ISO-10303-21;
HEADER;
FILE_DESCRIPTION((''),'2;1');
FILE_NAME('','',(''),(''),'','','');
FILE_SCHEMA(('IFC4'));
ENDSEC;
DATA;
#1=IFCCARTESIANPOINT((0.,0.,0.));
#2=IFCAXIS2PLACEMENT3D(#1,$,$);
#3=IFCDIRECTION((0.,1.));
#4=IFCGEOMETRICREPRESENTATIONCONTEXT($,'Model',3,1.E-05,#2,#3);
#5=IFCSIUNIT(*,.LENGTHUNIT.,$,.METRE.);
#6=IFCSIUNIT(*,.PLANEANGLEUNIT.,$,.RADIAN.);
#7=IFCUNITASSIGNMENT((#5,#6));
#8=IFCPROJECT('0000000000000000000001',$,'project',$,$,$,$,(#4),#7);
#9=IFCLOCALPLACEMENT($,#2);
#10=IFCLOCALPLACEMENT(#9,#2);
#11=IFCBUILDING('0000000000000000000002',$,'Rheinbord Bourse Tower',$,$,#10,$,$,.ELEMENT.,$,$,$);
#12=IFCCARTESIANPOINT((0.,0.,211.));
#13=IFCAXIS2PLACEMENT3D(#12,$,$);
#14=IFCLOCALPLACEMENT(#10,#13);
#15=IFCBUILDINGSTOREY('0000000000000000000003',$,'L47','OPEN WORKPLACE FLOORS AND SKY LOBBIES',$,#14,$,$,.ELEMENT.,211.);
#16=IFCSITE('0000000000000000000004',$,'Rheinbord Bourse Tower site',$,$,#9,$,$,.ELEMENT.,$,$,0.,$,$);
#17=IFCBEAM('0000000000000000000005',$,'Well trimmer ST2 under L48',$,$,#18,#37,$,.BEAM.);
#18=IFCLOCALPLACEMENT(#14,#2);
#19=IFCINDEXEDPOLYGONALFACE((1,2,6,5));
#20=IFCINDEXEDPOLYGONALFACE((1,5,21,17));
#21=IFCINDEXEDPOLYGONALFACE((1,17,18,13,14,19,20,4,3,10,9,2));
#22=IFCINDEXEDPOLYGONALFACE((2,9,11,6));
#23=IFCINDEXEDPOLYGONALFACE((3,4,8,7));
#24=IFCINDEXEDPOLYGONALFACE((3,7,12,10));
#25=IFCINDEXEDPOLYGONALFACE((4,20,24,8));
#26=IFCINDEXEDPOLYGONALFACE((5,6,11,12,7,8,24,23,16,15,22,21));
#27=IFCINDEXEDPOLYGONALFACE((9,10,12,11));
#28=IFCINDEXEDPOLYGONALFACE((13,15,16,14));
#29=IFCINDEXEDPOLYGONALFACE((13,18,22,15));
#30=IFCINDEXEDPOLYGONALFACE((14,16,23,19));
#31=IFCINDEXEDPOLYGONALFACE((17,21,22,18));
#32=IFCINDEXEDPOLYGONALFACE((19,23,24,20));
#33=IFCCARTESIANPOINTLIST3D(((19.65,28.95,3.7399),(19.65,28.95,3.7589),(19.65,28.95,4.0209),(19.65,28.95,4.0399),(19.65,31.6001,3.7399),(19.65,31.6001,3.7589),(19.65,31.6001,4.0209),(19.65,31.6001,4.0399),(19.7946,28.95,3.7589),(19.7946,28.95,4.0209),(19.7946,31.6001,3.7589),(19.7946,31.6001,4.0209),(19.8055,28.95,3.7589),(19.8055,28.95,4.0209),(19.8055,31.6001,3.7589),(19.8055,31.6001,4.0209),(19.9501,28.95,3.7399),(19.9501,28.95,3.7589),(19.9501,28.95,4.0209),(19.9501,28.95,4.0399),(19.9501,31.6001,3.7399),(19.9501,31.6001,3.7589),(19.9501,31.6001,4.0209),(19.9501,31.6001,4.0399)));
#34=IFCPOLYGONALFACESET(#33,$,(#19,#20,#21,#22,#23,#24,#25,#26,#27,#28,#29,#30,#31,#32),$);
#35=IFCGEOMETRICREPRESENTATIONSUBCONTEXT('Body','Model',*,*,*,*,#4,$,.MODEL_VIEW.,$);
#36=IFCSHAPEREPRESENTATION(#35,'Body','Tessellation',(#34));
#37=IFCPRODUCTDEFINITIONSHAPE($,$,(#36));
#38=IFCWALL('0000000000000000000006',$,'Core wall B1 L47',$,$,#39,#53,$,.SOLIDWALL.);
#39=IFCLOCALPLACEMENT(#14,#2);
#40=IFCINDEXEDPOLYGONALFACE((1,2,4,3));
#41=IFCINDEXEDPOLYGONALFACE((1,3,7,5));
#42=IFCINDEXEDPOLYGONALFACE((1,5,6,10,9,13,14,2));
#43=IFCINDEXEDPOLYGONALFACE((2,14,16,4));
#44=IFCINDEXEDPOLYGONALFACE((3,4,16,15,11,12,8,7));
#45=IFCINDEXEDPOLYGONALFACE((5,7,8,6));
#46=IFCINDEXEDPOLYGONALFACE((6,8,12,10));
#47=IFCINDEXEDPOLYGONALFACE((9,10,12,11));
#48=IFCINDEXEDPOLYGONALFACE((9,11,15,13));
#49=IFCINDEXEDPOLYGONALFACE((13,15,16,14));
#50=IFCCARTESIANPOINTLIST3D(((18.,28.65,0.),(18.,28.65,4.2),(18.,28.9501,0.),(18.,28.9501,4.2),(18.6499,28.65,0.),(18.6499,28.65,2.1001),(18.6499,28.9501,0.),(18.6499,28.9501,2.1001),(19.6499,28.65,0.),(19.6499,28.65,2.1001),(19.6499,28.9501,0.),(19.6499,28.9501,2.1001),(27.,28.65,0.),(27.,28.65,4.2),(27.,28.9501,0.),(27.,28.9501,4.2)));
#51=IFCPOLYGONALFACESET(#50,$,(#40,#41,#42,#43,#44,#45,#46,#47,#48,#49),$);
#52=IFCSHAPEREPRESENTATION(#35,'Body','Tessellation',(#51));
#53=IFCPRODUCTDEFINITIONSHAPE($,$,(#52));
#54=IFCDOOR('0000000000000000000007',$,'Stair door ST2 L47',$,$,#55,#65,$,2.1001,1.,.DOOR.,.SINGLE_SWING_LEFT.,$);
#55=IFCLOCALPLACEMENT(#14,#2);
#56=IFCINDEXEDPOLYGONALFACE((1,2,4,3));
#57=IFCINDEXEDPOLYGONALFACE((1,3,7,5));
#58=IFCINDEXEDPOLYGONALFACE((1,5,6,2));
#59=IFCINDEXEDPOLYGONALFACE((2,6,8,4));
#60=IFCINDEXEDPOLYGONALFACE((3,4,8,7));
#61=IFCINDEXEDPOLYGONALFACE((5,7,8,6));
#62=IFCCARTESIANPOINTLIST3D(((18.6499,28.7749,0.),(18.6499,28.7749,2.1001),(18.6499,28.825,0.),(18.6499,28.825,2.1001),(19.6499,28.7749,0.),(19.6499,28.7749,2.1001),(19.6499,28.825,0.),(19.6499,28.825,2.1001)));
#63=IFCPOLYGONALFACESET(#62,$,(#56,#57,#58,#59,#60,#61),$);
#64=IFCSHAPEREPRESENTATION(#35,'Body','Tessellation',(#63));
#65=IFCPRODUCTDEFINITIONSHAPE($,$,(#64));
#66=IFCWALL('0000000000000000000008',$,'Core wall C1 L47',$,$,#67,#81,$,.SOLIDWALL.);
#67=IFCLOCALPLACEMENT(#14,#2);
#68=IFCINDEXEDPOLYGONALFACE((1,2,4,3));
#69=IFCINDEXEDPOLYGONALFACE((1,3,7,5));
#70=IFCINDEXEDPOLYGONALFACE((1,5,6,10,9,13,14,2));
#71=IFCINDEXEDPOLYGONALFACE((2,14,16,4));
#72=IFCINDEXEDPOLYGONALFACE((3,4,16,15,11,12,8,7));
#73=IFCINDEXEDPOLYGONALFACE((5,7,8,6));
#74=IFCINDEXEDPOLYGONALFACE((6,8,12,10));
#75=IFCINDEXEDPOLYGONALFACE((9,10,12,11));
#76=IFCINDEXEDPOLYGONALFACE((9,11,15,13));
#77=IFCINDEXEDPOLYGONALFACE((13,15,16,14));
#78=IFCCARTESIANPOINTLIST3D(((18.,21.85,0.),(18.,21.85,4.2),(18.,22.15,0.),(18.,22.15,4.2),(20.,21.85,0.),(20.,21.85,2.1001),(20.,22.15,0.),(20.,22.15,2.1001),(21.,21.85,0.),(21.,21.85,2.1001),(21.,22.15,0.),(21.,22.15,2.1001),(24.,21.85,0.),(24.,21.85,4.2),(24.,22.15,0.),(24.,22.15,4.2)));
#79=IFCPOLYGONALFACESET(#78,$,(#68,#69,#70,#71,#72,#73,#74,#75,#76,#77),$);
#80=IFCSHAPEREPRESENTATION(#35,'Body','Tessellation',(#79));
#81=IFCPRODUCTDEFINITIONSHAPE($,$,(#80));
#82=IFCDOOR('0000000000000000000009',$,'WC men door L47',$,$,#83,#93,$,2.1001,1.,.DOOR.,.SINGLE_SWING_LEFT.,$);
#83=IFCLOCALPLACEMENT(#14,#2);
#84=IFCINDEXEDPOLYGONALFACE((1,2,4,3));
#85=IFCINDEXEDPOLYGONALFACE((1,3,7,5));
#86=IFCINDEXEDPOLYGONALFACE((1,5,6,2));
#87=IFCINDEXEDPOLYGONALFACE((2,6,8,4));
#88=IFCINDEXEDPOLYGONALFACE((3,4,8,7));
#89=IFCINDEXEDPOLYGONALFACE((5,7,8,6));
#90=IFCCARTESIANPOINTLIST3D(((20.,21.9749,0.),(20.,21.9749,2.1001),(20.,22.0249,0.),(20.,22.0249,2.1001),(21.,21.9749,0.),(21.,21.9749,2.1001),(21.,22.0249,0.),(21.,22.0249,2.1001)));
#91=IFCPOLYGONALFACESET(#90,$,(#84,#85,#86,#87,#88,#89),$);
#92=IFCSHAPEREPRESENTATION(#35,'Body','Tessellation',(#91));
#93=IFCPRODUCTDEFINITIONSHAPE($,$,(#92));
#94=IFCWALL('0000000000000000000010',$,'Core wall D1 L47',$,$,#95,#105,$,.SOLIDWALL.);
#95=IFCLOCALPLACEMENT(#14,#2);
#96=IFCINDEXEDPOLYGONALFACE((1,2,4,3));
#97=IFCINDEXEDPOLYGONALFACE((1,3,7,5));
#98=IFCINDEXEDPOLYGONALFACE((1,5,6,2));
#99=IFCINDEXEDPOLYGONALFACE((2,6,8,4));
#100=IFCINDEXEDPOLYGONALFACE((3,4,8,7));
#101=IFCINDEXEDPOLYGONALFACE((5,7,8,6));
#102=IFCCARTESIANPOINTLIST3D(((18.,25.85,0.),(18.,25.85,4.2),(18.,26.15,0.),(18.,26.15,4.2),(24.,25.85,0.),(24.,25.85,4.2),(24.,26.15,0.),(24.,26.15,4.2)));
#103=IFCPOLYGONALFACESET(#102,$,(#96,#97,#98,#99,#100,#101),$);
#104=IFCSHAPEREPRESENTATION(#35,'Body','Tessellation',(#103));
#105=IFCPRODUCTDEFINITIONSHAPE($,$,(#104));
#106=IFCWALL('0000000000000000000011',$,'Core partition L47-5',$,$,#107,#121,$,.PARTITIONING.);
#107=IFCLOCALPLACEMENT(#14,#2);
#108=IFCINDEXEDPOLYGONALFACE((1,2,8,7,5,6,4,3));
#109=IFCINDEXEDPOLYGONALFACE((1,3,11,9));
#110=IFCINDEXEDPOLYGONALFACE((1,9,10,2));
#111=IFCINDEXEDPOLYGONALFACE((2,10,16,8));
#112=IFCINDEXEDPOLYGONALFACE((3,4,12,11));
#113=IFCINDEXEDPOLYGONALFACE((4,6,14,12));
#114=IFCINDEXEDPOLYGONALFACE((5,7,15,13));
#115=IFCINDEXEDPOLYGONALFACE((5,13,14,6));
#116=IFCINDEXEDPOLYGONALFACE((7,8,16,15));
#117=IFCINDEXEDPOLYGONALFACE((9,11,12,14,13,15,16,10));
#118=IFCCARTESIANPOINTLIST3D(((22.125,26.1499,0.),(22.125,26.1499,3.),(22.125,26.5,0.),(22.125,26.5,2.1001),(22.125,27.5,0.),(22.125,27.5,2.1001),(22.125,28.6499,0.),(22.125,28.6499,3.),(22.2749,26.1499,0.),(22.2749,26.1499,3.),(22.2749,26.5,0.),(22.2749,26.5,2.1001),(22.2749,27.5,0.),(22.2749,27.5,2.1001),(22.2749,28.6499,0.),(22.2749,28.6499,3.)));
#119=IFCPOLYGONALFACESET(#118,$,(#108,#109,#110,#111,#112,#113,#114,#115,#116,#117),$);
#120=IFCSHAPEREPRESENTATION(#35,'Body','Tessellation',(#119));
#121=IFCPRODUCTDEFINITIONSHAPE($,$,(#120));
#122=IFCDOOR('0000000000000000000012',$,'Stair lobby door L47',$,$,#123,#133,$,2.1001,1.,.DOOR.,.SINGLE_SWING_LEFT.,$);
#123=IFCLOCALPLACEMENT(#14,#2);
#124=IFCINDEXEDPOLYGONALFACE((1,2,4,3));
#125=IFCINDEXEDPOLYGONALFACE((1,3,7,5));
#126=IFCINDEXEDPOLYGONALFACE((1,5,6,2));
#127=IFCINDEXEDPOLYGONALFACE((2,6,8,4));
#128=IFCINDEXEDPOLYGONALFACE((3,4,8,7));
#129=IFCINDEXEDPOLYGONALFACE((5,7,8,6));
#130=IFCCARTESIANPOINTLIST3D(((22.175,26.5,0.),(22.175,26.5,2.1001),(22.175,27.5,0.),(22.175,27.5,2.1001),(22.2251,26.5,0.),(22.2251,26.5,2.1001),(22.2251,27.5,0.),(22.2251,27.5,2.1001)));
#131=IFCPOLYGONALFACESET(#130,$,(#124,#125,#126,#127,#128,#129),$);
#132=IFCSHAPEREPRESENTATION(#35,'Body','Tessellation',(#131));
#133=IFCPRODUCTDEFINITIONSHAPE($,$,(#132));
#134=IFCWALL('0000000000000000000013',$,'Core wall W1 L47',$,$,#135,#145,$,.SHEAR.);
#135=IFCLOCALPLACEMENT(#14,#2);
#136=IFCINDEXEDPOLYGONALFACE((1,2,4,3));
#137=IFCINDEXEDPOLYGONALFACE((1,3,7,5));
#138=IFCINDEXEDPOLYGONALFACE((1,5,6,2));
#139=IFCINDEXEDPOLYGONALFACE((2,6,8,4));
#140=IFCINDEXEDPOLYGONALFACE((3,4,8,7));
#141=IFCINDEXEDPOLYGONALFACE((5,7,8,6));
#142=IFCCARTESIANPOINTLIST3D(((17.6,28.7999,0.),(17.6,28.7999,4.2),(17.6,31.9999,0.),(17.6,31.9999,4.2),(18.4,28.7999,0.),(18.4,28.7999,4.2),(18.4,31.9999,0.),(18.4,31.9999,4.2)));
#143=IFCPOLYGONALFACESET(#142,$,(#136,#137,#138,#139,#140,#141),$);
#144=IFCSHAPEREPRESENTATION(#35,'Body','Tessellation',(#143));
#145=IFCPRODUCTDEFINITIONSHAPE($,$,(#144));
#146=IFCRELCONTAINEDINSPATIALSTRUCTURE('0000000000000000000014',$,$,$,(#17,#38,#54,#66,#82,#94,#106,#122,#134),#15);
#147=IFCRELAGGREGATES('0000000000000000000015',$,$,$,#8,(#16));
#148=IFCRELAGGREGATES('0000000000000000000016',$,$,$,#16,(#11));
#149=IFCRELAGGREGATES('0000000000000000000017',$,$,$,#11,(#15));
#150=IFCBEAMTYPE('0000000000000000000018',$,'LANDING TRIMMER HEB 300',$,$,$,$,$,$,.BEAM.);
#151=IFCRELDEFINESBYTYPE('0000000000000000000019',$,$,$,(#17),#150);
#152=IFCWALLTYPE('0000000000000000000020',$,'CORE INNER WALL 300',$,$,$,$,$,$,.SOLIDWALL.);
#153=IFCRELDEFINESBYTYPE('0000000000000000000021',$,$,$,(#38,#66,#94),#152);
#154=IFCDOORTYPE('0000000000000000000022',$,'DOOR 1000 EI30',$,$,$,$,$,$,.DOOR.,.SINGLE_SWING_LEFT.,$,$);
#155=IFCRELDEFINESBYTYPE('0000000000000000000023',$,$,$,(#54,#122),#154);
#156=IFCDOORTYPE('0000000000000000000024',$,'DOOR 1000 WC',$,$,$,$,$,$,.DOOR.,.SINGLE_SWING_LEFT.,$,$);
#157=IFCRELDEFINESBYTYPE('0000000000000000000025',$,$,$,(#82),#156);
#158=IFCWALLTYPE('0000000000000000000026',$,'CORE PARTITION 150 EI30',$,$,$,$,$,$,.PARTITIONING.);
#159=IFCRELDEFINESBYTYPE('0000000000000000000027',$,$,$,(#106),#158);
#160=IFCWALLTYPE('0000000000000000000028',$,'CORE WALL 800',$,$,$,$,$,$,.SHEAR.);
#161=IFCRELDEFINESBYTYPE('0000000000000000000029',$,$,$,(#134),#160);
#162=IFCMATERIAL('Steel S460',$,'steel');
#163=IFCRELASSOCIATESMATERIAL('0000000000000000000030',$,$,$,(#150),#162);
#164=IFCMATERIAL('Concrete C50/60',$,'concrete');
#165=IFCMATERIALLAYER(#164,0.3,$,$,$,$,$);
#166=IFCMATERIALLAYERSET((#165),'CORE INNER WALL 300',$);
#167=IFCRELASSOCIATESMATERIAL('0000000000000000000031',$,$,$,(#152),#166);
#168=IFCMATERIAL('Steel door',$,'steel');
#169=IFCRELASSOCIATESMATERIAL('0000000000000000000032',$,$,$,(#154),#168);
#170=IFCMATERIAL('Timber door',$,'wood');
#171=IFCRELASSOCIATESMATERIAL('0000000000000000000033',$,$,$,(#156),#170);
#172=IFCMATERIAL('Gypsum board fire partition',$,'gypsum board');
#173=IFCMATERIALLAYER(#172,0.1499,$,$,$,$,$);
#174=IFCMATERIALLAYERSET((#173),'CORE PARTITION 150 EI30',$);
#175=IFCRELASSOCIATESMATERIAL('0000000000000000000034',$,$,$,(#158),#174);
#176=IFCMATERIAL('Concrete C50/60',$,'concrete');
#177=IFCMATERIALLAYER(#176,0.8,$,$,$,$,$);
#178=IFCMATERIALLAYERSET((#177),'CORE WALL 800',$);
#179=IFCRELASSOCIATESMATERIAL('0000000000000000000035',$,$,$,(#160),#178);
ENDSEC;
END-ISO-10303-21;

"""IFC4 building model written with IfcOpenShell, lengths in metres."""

from ifc_helpers import new_model, si_unit, direction, frame, frame_2d, origin, origin_2d, place, context, subcontext, project, spatial, rectangle, i_section, extrude, material, layer, layer_set, material_profile, profile_set, type_object, element, fill, save


model = new_model("IFC4")

# Units and contexts
model_context = context("Model", 3, precision=1e-05, world=origin(), true_north=direction((0.0, 1.0)))
body_context = subcontext(model_context, "Body", "Model", "MODEL_VIEW")
ifc_project = project(units=[si_unit("LENGTHUNIT", "METRE"), si_unit("PLANEANGLEUNIT", "RADIAN")], contexts=[model_context])

# Site, building, storey
site_placement = place(None, origin())
site = spatial("IfcSite", under=ifc_project, at=site_placement, Name="Rheinbord Bourse Tower site", CompositionType="ELEMENT", RefElevation=0.0)
building_placement = place(site_placement, origin())
building = spatial("IfcBuilding", under=site, at=building_placement, Name="Rheinbord Bourse Tower", CompositionType="ELEMENT")
storey_placement = place(building_placement, frame((0.0, 0.0, 211.0)))
storey = spatial("IfcBuildingStorey", under=building, at=storey_placement, Name="L47", Description="OPEN WORKPLACE FLOORS AND SKY LOBBIES", CompositionType="ELEMENT", Elevation=211.0)

# Beam
ifc_material_1 = material(Name="Steel S460", Category="steel")
ifc_material_profile = material_profile(ifc_material_1, i_section(OverallWidth=0.3, OverallDepth=0.3, WebThickness=0.011, FlangeThickness=0.019, at=origin_2d()), Name="HEB 300")
ifc_profile_set = profile_set([ifc_material_profile], Name="Steel S460")
beam_type = type_object("IfcBeamType", Name="LANDING TRIMMER HEB 300", PredefinedType="BEAM", material=ifc_profile_set)
beam_placement = place(storey_placement, frame((19.8, 28.95, 3.8899), z_axis=(0.0, 1.0, 0.0), x_axis=(-1.0, 0.0, 0.0)))
element("IfcBeam", 1, at=beam_placement, inside=storey, type_object=beam_type, Name="Well trimmer ST2 under L48", PredefinedType="BEAM", context=body_context, shape_type="SweptSolid", body=[
    extrude(i_section(OverallWidth=0.3, OverallDepth=0.3, WebThickness=0.011, FlangeThickness=0.019, at=origin_2d()), origin(), (0.0, 0.0, 1.0), 2.6501),
])

# Walls, openings, doors
ifc_material_2 = material(Name="Concrete C50/60", Category="concrete")
ifc_layer_1 = layer(ifc_material_2, 0.3)
ifc_layer_set_1 = layer_set([ifc_layer_1], Name="CORE INNER WALL 300")
wall_type_1 = type_object("IfcWallType", Name="CORE INNER WALL 300", PredefinedType="SOLIDWALL", material=ifc_layer_set_1)
wall_1_placement = place(storey_placement, frame((18.0, 28.8, 0.0), z_axis=(0.0, 0.0, 1.0), x_axis=(1.0, 0.0, 0.0)))
wall_1 = element("IfcWall", 2, at=wall_1_placement, inside=storey, type_object=wall_type_1, Name="Core wall B1 L47", PredefinedType="SOLIDWALL", context=body_context, shape_type="SweptSolid", body=[
    extrude(rectangle(XDim=9.0, YDim=0.3, at=frame_2d((4.5, 0.0))), origin(), (0.0, 0.0, 1.0), 4.2),
])
opening_1_placement = place(wall_1_placement, frame((0.6499, 0.0, 0.0)))
opening_1 = element("IfcOpeningElement", 3, at=opening_1_placement, cuts=wall_1, PredefinedType="OPENING", context=body_context, shape_type="SweptSolid", body=[
    extrude(rectangle(XDim=1.0, YDim=2.1001, at=frame_2d((0.5, 1.05))), frame((0.0, 0.1599, 0.0), z_axis=(0.0, -1.0, 0.0), x_axis=(1.0, 0.0, 0.0)), (0.0, 0.0, 1.0), 0.3201),
])
ifc_material_3 = material(Name="Steel door", Category="steel")
door_type_1 = type_object("IfcDoorType", Name="DOOR 1000 EI30", OperationType="SINGLE_SWING_LEFT", PredefinedType="DOOR", material=ifc_material_3)
door_1_placement = place(opening_1_placement, origin())
door_1 = element("IfcDoor", 4, at=door_1_placement, inside=storey, type_object=door_type_1, Name="Stair door ST2 L47", OperationType="SINGLE_SWING_LEFT", OverallHeight=2.1001, OverallWidth=1.0, PredefinedType="DOOR", context=body_context, shape_type="SweptSolid", body=[
    extrude(rectangle(XDim=1.0, YDim=2.1001, at=frame_2d((0.5, 1.05))), frame((0.0, 0.0249, 0.0), z_axis=(0.0, -1.0, 0.0), x_axis=(1.0, 0.0, 0.0)), (0.0, 0.0, 1.0), 0.05),
])
fill(opening_1, door_1)
wall_2_placement = place(storey_placement, frame((18.0, 22.0, 0.0), z_axis=(0.0, 0.0, 1.0), x_axis=(1.0, 0.0, 0.0)))
wall_2 = element("IfcWall", 5, at=wall_2_placement, inside=storey, type_object=wall_type_1, Name="Core wall C1 L47", PredefinedType="SOLIDWALL", context=body_context, shape_type="SweptSolid", body=[
    extrude(rectangle(XDim=6.0, YDim=0.3, at=frame_2d((3.0, 0.0))), origin(), (0.0, 0.0, 1.0), 4.2),
])
opening_2_placement = place(wall_2_placement, frame((2.0, 0.0, 0.0)))
opening_2 = element("IfcOpeningElement", 6, at=opening_2_placement, cuts=wall_2, PredefinedType="OPENING", context=body_context, shape_type="SweptSolid", body=[
    extrude(rectangle(XDim=1.0, YDim=2.1001, at=frame_2d((0.5, 1.05))), frame((0.0, 0.1599, 0.0), z_axis=(0.0, -1.0, 0.0), x_axis=(1.0, 0.0, 0.0)), (0.0, 0.0, 1.0), 0.3201),
])
ifc_material_4 = material(Name="Timber door", Category="wood")
door_type_2 = type_object("IfcDoorType", Name="DOOR 1000 WC", OperationType="SINGLE_SWING_LEFT", PredefinedType="DOOR", material=ifc_material_4)
door_2_placement = place(opening_2_placement, origin())
door_2 = element("IfcDoor", 7, at=door_2_placement, inside=storey, type_object=door_type_2, Name="WC men door L47", OperationType="SINGLE_SWING_LEFT", OverallHeight=2.1001, OverallWidth=1.0, PredefinedType="DOOR", context=body_context, shape_type="SweptSolid", body=[
    extrude(rectangle(XDim=1.0, YDim=2.1001, at=frame_2d((0.5, 1.05))), frame((0.0, 0.0249, 0.0), z_axis=(0.0, -1.0, 0.0), x_axis=(1.0, 0.0, 0.0)), (0.0, 0.0, 1.0), 0.05),
])
fill(opening_2, door_2)

# Wall
wall_3_placement = place(storey_placement, frame((18.0, 26.0, 0.0), z_axis=(0.0, 0.0, 1.0), x_axis=(1.0, 0.0, 0.0)))
element("IfcWall", 8, at=wall_3_placement, inside=storey, type_object=wall_type_1, Name="Core wall D1 L47", PredefinedType="SOLIDWALL", context=body_context, shape_type="SweptSolid", body=[
    extrude(rectangle(XDim=6.0, YDim=0.3, at=frame_2d((3.0, 0.0))), origin(), (0.0, 0.0, 1.0), 4.2),
])

# Wall, opening, door
ifc_material_5 = material(Name="Gypsum board fire partition", Category="gypsum board")
ifc_layer_2 = layer(ifc_material_5, 0.1499)
ifc_layer_set_2 = layer_set([ifc_layer_2], Name="CORE PARTITION 150 EI30")
wall_type_2 = type_object("IfcWallType", Name="CORE PARTITION 150 EI30", PredefinedType="PARTITIONING", material=ifc_layer_set_2)
wall_4_placement = place(storey_placement, frame((22.2, 26.1499, 0.0), z_axis=(0.0, 0.0, 1.0), x_axis=(0.0, 1.0, 0.0)))
wall_4 = element("IfcWall", 9, at=wall_4_placement, inside=storey, type_object=wall_type_2, Name="Core partition L47-5", PredefinedType="PARTITIONING", context=body_context, shape_type="SweptSolid", body=[
    extrude(rectangle(XDim=2.5, YDim=0.1499, at=frame_2d((1.25, 0.0))), origin(), (0.0, 0.0, 1.0), 3.0),
])
opening_3_placement = place(wall_4_placement, frame((0.3501, 0.0, 0.0)))
opening_3 = element("IfcOpeningElement", 10, at=opening_3_placement, cuts=wall_4, PredefinedType="OPENING", context=body_context, shape_type="SweptSolid", body=[
    extrude(rectangle(XDim=1.0, YDim=2.1001, at=frame_2d((0.5, 1.05))), frame((0.0, 0.085, 0.0), z_axis=(0.0, -1.0, 0.0), x_axis=(1.0, 0.0, 0.0)), (0.0, 0.0, 1.0), 0.1699),
])
door_3_placement = place(opening_3_placement, origin())
door_3 = element("IfcDoor", 11, at=door_3_placement, inside=storey, type_object=door_type_1, Name="Stair lobby door L47", OperationType="SINGLE_SWING_LEFT", OverallHeight=2.1001, OverallWidth=1.0, PredefinedType="DOOR", context=body_context, shape_type="SweptSolid", body=[
    extrude(rectangle(XDim=1.0, YDim=2.1001, at=frame_2d((0.5, 1.05))), frame((0.0, 0.0249, 0.0), z_axis=(0.0, -1.0, 0.0), x_axis=(1.0, 0.0, 0.0)), (0.0, 0.0, 1.0), 0.05),
])
fill(opening_3, door_3)

# Wall
ifc_material_6 = material(Name="Concrete C50/60", Category="concrete")
ifc_layer_3 = layer(ifc_material_6, 0.8)
ifc_layer_set_3 = layer_set([ifc_layer_3], Name="CORE WALL 800")
wall_type_3 = type_object("IfcWallType", Name="CORE WALL 800", PredefinedType="SHEAR", material=ifc_layer_set_3)
wall_5_placement = place(storey_placement, frame((18.0, 32.0, 0.0), z_axis=(0.0, 0.0, 1.0), x_axis=(0.0, -1.0, 0.0)))
element("IfcWall", 12, at=wall_5_placement, inside=storey, type_object=wall_type_3, Name="Core wall W1 L47", PredefinedType="SHEAR", context=body_context, shape_type="SweptSolid", body=[
    extrude(rectangle(XDim=3.2, YDim=0.8, at=frame_2d((1.6001, 0.0))), origin(), (0.0, 0.0, 1.0), 4.2),
])

save(model, "model.ifc")
